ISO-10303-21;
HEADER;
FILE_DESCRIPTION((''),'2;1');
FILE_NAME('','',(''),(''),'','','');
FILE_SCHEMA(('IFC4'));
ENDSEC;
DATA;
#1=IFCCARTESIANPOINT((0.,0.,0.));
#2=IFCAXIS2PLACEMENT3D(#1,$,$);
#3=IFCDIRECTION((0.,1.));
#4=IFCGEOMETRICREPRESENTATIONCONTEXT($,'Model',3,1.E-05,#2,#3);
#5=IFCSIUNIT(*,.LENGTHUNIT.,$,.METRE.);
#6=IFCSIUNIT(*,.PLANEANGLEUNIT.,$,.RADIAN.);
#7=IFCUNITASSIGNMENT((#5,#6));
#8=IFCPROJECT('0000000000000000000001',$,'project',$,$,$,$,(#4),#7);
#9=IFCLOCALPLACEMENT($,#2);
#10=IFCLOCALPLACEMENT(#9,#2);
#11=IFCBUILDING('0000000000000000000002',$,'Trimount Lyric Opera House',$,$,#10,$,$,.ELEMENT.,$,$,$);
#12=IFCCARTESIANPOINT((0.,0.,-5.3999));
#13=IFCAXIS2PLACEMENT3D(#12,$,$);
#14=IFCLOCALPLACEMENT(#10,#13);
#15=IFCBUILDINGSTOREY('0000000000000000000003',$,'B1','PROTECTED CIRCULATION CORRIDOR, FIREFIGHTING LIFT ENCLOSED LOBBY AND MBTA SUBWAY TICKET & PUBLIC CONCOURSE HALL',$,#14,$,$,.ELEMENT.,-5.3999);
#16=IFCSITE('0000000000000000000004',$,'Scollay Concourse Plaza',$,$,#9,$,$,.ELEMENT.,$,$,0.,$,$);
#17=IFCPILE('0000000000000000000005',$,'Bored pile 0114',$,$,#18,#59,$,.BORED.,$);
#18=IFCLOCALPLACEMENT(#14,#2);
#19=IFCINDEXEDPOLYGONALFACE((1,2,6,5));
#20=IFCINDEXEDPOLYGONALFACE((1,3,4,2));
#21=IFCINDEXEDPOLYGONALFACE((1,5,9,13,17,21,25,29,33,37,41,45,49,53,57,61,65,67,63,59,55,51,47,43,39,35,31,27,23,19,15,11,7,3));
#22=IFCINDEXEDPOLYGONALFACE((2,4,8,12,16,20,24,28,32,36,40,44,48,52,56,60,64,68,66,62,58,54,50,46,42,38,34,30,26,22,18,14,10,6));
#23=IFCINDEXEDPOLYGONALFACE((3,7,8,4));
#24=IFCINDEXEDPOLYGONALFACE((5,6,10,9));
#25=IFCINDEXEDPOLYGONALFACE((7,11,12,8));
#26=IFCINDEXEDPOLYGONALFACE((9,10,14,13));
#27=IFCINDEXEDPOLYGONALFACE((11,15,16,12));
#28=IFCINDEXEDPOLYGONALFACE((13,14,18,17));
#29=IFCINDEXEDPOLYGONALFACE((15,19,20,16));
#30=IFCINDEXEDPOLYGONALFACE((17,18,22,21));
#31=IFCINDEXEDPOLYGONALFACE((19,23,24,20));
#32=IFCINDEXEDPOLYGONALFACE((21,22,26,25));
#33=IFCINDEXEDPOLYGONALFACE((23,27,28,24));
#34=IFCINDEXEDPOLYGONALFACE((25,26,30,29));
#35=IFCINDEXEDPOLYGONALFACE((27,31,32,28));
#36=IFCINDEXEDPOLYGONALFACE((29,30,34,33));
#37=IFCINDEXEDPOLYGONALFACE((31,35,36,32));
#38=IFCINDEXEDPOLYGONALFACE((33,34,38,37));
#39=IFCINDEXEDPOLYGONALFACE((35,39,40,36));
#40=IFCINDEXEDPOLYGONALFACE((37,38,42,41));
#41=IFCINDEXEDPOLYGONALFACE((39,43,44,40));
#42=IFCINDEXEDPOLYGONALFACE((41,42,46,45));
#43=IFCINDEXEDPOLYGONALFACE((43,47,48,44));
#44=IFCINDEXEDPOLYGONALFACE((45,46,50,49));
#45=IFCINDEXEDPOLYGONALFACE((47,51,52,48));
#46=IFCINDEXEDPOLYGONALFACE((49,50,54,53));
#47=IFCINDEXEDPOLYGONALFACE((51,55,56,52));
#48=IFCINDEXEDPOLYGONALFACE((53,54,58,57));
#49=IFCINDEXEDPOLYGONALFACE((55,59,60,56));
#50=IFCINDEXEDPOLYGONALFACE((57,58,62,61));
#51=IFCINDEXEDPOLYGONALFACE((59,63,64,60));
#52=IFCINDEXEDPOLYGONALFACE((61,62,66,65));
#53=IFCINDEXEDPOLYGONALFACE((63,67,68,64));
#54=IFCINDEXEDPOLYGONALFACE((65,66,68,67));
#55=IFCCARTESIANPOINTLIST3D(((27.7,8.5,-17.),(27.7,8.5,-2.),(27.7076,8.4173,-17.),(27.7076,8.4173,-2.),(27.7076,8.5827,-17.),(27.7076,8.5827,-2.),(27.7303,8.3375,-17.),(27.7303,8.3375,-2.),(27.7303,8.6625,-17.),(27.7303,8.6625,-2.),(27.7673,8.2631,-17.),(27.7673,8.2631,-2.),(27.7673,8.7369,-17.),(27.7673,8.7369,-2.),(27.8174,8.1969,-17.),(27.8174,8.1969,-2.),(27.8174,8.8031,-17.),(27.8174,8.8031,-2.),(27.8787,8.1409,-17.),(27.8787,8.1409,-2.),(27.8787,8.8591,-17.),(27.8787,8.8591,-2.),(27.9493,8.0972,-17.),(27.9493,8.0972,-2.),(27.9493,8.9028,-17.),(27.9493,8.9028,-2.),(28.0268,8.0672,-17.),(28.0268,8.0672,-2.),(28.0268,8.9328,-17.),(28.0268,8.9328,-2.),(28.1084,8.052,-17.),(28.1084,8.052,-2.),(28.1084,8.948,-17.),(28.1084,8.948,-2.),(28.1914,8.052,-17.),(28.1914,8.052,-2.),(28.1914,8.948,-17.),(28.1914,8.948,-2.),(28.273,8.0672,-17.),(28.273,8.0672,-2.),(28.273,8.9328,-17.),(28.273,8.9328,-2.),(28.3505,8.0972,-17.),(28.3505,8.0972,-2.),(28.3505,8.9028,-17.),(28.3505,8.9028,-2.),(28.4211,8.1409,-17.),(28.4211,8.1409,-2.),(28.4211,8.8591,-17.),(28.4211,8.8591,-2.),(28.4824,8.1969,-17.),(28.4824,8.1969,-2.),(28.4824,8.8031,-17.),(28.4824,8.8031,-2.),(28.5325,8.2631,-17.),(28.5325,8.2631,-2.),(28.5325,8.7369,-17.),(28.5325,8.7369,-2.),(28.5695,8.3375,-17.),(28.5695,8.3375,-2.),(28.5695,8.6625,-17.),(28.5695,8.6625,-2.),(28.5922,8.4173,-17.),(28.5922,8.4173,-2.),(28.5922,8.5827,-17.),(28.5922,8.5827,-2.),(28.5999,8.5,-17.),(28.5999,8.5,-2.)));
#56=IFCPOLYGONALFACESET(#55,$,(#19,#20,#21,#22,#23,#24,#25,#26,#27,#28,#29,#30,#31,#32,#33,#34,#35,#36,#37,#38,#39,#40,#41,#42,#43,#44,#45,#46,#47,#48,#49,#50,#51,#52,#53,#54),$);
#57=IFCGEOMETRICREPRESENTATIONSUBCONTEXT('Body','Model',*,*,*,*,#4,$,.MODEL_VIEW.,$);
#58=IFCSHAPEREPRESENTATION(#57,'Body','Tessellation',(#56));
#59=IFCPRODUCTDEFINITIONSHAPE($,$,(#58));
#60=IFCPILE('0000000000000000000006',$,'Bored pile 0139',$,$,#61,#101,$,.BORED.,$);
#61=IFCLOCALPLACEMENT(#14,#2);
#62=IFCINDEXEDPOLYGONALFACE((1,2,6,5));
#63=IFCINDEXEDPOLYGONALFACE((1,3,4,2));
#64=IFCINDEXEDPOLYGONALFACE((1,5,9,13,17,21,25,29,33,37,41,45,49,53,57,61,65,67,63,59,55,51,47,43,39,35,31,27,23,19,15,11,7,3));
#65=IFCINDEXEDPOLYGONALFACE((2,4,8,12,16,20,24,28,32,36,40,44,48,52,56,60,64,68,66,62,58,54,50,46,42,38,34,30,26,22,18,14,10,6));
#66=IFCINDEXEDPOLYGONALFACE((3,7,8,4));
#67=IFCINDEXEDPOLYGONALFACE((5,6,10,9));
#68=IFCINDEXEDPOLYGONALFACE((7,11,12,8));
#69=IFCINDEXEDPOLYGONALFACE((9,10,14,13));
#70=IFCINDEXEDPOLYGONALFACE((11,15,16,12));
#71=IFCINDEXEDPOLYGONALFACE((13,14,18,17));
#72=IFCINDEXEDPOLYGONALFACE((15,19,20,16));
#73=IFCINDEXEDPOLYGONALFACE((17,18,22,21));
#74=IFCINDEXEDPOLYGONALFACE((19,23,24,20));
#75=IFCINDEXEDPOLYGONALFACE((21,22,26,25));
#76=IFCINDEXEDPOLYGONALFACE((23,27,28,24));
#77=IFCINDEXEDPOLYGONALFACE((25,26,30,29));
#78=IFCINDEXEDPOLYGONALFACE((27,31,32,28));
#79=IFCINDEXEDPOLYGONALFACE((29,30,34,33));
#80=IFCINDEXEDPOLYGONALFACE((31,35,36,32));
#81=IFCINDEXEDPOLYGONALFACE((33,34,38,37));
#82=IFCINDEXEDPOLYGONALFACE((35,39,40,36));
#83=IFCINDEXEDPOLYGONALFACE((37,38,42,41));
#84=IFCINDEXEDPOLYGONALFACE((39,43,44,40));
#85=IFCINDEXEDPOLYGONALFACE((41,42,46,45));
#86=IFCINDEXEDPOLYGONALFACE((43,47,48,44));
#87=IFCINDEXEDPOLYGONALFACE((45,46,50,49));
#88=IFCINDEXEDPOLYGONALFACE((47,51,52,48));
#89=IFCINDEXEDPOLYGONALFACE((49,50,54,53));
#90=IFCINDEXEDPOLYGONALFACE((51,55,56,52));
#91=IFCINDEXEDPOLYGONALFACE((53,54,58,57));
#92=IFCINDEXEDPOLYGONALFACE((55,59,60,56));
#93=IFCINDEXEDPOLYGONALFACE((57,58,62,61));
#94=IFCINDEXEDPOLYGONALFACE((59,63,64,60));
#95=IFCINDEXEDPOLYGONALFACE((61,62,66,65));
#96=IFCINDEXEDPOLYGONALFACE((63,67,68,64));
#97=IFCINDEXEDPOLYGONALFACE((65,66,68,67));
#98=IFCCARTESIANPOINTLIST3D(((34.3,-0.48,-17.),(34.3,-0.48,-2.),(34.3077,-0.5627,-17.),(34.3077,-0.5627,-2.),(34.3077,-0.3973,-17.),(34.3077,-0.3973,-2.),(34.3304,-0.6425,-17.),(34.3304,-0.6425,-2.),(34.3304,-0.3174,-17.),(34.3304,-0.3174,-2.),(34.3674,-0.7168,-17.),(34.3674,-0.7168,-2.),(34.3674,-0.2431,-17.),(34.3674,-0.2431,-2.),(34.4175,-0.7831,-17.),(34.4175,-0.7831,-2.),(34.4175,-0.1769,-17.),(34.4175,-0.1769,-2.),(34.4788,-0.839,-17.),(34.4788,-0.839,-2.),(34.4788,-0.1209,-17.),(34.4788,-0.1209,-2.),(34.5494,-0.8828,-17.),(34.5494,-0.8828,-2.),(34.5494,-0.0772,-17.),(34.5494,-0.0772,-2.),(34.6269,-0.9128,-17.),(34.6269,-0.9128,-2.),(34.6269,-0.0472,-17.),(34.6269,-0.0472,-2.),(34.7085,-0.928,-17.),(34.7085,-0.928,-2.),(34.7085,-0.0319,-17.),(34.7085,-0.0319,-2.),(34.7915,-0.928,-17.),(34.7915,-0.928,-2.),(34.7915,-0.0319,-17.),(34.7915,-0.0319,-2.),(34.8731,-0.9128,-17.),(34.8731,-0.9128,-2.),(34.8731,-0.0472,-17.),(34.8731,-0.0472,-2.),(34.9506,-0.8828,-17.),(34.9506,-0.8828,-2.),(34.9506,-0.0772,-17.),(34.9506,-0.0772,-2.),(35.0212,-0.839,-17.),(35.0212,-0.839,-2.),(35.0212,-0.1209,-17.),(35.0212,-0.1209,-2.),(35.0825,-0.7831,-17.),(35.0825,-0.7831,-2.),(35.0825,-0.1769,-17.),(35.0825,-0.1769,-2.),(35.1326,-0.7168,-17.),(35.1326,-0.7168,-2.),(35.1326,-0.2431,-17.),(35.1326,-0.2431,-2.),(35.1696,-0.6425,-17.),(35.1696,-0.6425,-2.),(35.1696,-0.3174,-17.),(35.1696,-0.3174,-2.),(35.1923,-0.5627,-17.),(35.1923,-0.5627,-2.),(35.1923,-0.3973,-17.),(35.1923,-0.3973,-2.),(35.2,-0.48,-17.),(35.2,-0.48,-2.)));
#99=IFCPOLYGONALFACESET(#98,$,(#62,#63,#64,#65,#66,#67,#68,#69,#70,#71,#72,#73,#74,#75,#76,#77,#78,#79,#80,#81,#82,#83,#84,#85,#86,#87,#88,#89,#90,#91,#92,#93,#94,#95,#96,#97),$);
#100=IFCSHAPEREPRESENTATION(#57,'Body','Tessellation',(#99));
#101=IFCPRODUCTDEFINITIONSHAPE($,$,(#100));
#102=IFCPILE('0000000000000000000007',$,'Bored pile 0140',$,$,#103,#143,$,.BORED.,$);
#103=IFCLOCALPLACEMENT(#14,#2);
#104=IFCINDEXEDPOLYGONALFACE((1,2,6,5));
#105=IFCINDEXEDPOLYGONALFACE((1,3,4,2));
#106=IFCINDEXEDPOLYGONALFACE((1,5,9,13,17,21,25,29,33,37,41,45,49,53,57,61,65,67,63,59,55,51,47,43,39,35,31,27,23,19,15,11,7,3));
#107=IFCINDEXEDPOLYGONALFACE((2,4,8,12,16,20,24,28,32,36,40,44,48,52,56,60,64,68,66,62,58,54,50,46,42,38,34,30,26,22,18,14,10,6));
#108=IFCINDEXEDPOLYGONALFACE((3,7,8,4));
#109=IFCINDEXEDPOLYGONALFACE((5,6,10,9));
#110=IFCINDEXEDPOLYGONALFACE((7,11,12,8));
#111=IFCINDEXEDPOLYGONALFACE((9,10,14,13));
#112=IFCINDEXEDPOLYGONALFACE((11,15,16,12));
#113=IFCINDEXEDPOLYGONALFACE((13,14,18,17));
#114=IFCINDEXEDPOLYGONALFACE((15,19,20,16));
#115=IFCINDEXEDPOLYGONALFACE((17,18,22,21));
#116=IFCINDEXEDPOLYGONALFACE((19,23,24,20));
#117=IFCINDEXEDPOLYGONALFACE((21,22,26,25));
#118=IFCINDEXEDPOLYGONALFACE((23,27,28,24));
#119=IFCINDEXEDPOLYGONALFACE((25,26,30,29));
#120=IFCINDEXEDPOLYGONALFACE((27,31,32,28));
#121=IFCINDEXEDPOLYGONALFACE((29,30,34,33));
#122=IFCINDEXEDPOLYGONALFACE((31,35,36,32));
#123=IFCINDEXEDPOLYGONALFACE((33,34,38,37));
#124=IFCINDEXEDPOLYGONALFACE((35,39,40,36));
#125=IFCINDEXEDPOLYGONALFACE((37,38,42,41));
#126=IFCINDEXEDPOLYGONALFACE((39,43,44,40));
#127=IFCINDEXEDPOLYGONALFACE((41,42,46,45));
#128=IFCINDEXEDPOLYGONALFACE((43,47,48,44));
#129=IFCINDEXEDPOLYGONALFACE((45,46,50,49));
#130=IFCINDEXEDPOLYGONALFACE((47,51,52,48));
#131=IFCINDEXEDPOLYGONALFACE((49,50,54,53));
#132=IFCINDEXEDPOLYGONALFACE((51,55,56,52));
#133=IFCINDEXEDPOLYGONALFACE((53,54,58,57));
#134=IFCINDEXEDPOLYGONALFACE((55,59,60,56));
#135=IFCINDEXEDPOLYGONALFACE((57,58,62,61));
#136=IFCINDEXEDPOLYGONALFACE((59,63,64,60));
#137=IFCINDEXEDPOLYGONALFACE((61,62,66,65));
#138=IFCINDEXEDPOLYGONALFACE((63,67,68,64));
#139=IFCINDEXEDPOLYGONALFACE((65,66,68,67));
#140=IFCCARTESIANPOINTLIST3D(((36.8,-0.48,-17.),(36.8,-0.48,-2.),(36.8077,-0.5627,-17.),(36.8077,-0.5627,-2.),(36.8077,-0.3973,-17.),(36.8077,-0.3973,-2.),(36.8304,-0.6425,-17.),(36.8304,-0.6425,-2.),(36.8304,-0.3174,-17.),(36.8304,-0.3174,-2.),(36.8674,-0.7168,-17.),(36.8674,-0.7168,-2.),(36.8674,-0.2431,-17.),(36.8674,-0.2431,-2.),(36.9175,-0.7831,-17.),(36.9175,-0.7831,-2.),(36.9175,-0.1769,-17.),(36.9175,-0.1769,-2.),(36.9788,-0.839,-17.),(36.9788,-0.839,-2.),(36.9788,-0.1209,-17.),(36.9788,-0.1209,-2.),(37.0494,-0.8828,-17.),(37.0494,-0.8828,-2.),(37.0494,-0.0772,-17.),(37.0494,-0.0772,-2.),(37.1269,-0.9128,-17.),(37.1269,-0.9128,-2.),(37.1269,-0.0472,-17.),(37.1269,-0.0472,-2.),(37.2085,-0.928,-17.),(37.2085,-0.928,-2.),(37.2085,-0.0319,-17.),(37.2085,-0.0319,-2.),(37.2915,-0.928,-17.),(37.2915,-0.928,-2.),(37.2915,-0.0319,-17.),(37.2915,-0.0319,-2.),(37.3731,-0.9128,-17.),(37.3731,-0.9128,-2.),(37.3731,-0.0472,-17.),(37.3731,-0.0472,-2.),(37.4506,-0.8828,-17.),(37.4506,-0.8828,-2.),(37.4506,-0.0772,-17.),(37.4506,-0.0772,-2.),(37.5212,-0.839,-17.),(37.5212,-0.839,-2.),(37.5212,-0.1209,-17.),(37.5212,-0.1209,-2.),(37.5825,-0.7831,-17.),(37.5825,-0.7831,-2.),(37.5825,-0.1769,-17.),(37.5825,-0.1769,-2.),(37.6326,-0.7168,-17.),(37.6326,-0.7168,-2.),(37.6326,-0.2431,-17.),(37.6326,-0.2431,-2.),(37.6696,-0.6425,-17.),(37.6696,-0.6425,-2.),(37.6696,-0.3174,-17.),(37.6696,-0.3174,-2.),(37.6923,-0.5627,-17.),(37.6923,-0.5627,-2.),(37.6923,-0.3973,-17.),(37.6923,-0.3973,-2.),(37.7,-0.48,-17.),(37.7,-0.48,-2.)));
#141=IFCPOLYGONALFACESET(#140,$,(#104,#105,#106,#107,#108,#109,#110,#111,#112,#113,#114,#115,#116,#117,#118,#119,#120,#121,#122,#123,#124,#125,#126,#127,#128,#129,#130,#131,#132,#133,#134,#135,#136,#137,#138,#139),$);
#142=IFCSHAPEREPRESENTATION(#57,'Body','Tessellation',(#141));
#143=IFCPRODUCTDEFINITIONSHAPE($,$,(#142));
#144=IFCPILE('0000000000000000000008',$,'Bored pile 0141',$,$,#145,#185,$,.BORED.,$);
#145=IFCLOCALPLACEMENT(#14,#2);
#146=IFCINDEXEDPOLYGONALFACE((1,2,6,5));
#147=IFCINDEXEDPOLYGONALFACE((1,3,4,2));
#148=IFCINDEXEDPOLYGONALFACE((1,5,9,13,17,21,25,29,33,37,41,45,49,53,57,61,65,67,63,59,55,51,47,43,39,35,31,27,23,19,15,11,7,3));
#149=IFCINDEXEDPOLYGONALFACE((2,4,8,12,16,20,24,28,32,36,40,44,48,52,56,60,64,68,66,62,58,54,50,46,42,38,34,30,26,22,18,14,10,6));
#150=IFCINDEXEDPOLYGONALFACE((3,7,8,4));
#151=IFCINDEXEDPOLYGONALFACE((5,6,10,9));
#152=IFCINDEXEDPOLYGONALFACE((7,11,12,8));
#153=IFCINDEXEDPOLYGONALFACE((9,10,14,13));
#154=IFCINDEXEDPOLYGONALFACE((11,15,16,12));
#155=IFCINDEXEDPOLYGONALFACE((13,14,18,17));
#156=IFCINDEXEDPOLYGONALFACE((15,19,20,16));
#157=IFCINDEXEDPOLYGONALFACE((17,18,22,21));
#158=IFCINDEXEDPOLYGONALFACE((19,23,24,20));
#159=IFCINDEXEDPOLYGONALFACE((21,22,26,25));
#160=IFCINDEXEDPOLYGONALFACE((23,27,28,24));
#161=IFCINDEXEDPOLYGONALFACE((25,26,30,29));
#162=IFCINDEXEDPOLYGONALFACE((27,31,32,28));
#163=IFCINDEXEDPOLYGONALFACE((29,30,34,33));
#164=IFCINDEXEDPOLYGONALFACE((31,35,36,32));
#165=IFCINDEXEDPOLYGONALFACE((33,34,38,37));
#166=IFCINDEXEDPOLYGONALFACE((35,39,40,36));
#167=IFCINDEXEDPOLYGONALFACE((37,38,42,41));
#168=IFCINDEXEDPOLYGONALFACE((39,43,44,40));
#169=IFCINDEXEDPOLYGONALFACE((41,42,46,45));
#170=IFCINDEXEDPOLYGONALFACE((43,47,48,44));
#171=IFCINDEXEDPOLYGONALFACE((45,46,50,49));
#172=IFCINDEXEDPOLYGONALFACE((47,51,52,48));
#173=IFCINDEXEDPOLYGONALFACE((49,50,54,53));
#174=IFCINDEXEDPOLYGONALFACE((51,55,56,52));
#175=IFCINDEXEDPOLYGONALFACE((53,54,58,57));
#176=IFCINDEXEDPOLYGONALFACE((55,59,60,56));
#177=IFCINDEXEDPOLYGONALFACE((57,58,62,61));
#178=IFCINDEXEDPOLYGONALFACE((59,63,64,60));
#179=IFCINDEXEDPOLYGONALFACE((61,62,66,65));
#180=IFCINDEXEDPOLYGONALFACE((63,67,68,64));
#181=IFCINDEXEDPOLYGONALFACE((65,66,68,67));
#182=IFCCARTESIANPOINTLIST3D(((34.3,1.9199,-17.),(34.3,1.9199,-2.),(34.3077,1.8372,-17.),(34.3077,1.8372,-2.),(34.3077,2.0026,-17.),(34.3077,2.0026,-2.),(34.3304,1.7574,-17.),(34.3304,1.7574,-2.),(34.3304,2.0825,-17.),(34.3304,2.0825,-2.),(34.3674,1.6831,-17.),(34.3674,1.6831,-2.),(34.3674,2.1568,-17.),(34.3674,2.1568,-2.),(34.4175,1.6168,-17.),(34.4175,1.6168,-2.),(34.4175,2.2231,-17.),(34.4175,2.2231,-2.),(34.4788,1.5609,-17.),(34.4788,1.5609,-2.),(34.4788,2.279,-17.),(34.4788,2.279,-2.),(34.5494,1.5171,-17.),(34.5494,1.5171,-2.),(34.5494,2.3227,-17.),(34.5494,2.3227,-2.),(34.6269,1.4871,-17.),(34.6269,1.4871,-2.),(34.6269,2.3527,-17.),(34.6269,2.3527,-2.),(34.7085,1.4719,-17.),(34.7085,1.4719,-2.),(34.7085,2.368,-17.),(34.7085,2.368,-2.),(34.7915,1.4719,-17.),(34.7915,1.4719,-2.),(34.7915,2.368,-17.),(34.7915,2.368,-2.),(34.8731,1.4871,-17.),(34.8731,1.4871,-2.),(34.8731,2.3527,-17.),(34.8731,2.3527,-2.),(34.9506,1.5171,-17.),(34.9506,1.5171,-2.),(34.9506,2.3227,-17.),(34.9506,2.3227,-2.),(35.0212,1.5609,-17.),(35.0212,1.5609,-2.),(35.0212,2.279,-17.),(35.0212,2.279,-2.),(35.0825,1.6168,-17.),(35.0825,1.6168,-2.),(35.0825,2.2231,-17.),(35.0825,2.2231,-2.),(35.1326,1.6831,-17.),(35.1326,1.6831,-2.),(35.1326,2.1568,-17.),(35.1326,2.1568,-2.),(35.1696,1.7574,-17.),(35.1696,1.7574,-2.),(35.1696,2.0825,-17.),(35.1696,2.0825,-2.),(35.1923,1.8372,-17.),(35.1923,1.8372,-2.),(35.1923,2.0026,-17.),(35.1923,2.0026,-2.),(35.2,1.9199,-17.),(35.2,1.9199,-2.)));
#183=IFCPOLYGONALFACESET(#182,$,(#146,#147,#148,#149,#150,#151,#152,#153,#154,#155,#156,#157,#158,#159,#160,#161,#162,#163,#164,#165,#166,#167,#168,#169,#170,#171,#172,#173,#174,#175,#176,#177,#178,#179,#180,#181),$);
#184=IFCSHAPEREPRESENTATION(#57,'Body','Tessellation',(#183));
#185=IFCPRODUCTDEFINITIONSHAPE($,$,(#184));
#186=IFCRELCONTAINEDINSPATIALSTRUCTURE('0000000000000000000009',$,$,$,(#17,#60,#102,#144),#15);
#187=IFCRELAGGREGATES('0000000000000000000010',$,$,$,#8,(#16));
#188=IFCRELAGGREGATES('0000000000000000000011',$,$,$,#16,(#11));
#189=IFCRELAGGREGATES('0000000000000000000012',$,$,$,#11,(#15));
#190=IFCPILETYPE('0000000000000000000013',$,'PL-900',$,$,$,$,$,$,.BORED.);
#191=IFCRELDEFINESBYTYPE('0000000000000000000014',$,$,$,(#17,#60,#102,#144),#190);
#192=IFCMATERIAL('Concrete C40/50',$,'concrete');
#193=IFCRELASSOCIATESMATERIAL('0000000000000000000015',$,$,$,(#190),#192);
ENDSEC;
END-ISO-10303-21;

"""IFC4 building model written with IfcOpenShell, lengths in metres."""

from ifc_helpers import new_model, si_unit, direction, frame, origin, origin_2d, place, context, subcontext, project, spatial, circle, extrude, material, material_profile, profile_set, type_object, element, save


model = new_model("IFC4")

# Units and contexts
model_context = context("Model", 3, precision=1e-05, world=origin(), true_north=direction((0.0, 1.0)))
body_context = subcontext(model_context, "Body", "Model", "MODEL_VIEW")
ifc_project = project(units=[si_unit("LENGTHUNIT", "METRE"), si_unit("PLANEANGLEUNIT", "RADIAN")], contexts=[model_context])

# Site, building, storey
site_placement = place(None, origin())
site = spatial("IfcSite", under=ifc_project, at=site_placement, Name="Scollay Concourse Plaza", CompositionType="ELEMENT", RefElevation=0.0)
building_placement = place(site_placement, origin())
building = spatial("IfcBuilding", under=site, at=building_placement, Name="Trimount Lyric Opera House", CompositionType="ELEMENT")
storey_placement = place(building_placement, frame((0.0, 0.0, -5.3999)))
storey = spatial("IfcBuildingStorey", under=building, at=storey_placement, Name="B1", Description="PROTECTED CIRCULATION CORRIDOR, FIREFIGHTING LIFT ENCLOSED LOBBY AND MBTA SUBWAY TICKET & PUBLIC CONCOURSE HALL", CompositionType="ELEMENT", Elevation=-5.3999)

# Piles
ifc_material_1 = material(Name="Concrete C40/50", Category="concrete")
ifc_material_profile_1 = material_profile(ifc_material_1, circle(Radius=0.45, at=origin_2d()), Name="PILE-D900")
ifc_profile_set_1 = profile_set([ifc_material_profile_1], Name="Concrete C40/50")
pile_type_1 = type_object("IfcPileType", Name="PL-900", PredefinedType="BORED", material=ifc_profile_set_1)
for number, where, z_axis, x_axis, name in (
    (1, (28.1499, 8.5, -2.0), (0.0, 0.0, -1.0), (1.0, 0.0, 0.0), "Bored pile 0114"),
    (2, (34.75, -0.48, -2.0), (0.0, 0.0, -1.0), (1.0, 0.0, 0.0), "Bored pile 0139"),
    (3, (37.25, -0.48, -2.0), (0.0, 0.0, -1.0), (1.0, 0.0, 0.0), "Bored pile 0140"),
    (4, (34.75, 1.9199, -2.0), (0.0, 0.0, -1.0), (1.0, 0.0, 0.0), "Bored pile 0141"),
):
    element("IfcPile", number, at=place(storey_placement, frame(where, z_axis=z_axis, x_axis=x_axis)), inside=storey, type_object=pile_type_1, Name=name, PredefinedType="BORED", context=body_context, shape_type="SweptSolid", body=[
        extrude(circle(Radius=0.45, at=origin_2d()), origin(), (0.0, 0.0, 1.0), 15.0),
    ])

save(model, "model.ifc")
